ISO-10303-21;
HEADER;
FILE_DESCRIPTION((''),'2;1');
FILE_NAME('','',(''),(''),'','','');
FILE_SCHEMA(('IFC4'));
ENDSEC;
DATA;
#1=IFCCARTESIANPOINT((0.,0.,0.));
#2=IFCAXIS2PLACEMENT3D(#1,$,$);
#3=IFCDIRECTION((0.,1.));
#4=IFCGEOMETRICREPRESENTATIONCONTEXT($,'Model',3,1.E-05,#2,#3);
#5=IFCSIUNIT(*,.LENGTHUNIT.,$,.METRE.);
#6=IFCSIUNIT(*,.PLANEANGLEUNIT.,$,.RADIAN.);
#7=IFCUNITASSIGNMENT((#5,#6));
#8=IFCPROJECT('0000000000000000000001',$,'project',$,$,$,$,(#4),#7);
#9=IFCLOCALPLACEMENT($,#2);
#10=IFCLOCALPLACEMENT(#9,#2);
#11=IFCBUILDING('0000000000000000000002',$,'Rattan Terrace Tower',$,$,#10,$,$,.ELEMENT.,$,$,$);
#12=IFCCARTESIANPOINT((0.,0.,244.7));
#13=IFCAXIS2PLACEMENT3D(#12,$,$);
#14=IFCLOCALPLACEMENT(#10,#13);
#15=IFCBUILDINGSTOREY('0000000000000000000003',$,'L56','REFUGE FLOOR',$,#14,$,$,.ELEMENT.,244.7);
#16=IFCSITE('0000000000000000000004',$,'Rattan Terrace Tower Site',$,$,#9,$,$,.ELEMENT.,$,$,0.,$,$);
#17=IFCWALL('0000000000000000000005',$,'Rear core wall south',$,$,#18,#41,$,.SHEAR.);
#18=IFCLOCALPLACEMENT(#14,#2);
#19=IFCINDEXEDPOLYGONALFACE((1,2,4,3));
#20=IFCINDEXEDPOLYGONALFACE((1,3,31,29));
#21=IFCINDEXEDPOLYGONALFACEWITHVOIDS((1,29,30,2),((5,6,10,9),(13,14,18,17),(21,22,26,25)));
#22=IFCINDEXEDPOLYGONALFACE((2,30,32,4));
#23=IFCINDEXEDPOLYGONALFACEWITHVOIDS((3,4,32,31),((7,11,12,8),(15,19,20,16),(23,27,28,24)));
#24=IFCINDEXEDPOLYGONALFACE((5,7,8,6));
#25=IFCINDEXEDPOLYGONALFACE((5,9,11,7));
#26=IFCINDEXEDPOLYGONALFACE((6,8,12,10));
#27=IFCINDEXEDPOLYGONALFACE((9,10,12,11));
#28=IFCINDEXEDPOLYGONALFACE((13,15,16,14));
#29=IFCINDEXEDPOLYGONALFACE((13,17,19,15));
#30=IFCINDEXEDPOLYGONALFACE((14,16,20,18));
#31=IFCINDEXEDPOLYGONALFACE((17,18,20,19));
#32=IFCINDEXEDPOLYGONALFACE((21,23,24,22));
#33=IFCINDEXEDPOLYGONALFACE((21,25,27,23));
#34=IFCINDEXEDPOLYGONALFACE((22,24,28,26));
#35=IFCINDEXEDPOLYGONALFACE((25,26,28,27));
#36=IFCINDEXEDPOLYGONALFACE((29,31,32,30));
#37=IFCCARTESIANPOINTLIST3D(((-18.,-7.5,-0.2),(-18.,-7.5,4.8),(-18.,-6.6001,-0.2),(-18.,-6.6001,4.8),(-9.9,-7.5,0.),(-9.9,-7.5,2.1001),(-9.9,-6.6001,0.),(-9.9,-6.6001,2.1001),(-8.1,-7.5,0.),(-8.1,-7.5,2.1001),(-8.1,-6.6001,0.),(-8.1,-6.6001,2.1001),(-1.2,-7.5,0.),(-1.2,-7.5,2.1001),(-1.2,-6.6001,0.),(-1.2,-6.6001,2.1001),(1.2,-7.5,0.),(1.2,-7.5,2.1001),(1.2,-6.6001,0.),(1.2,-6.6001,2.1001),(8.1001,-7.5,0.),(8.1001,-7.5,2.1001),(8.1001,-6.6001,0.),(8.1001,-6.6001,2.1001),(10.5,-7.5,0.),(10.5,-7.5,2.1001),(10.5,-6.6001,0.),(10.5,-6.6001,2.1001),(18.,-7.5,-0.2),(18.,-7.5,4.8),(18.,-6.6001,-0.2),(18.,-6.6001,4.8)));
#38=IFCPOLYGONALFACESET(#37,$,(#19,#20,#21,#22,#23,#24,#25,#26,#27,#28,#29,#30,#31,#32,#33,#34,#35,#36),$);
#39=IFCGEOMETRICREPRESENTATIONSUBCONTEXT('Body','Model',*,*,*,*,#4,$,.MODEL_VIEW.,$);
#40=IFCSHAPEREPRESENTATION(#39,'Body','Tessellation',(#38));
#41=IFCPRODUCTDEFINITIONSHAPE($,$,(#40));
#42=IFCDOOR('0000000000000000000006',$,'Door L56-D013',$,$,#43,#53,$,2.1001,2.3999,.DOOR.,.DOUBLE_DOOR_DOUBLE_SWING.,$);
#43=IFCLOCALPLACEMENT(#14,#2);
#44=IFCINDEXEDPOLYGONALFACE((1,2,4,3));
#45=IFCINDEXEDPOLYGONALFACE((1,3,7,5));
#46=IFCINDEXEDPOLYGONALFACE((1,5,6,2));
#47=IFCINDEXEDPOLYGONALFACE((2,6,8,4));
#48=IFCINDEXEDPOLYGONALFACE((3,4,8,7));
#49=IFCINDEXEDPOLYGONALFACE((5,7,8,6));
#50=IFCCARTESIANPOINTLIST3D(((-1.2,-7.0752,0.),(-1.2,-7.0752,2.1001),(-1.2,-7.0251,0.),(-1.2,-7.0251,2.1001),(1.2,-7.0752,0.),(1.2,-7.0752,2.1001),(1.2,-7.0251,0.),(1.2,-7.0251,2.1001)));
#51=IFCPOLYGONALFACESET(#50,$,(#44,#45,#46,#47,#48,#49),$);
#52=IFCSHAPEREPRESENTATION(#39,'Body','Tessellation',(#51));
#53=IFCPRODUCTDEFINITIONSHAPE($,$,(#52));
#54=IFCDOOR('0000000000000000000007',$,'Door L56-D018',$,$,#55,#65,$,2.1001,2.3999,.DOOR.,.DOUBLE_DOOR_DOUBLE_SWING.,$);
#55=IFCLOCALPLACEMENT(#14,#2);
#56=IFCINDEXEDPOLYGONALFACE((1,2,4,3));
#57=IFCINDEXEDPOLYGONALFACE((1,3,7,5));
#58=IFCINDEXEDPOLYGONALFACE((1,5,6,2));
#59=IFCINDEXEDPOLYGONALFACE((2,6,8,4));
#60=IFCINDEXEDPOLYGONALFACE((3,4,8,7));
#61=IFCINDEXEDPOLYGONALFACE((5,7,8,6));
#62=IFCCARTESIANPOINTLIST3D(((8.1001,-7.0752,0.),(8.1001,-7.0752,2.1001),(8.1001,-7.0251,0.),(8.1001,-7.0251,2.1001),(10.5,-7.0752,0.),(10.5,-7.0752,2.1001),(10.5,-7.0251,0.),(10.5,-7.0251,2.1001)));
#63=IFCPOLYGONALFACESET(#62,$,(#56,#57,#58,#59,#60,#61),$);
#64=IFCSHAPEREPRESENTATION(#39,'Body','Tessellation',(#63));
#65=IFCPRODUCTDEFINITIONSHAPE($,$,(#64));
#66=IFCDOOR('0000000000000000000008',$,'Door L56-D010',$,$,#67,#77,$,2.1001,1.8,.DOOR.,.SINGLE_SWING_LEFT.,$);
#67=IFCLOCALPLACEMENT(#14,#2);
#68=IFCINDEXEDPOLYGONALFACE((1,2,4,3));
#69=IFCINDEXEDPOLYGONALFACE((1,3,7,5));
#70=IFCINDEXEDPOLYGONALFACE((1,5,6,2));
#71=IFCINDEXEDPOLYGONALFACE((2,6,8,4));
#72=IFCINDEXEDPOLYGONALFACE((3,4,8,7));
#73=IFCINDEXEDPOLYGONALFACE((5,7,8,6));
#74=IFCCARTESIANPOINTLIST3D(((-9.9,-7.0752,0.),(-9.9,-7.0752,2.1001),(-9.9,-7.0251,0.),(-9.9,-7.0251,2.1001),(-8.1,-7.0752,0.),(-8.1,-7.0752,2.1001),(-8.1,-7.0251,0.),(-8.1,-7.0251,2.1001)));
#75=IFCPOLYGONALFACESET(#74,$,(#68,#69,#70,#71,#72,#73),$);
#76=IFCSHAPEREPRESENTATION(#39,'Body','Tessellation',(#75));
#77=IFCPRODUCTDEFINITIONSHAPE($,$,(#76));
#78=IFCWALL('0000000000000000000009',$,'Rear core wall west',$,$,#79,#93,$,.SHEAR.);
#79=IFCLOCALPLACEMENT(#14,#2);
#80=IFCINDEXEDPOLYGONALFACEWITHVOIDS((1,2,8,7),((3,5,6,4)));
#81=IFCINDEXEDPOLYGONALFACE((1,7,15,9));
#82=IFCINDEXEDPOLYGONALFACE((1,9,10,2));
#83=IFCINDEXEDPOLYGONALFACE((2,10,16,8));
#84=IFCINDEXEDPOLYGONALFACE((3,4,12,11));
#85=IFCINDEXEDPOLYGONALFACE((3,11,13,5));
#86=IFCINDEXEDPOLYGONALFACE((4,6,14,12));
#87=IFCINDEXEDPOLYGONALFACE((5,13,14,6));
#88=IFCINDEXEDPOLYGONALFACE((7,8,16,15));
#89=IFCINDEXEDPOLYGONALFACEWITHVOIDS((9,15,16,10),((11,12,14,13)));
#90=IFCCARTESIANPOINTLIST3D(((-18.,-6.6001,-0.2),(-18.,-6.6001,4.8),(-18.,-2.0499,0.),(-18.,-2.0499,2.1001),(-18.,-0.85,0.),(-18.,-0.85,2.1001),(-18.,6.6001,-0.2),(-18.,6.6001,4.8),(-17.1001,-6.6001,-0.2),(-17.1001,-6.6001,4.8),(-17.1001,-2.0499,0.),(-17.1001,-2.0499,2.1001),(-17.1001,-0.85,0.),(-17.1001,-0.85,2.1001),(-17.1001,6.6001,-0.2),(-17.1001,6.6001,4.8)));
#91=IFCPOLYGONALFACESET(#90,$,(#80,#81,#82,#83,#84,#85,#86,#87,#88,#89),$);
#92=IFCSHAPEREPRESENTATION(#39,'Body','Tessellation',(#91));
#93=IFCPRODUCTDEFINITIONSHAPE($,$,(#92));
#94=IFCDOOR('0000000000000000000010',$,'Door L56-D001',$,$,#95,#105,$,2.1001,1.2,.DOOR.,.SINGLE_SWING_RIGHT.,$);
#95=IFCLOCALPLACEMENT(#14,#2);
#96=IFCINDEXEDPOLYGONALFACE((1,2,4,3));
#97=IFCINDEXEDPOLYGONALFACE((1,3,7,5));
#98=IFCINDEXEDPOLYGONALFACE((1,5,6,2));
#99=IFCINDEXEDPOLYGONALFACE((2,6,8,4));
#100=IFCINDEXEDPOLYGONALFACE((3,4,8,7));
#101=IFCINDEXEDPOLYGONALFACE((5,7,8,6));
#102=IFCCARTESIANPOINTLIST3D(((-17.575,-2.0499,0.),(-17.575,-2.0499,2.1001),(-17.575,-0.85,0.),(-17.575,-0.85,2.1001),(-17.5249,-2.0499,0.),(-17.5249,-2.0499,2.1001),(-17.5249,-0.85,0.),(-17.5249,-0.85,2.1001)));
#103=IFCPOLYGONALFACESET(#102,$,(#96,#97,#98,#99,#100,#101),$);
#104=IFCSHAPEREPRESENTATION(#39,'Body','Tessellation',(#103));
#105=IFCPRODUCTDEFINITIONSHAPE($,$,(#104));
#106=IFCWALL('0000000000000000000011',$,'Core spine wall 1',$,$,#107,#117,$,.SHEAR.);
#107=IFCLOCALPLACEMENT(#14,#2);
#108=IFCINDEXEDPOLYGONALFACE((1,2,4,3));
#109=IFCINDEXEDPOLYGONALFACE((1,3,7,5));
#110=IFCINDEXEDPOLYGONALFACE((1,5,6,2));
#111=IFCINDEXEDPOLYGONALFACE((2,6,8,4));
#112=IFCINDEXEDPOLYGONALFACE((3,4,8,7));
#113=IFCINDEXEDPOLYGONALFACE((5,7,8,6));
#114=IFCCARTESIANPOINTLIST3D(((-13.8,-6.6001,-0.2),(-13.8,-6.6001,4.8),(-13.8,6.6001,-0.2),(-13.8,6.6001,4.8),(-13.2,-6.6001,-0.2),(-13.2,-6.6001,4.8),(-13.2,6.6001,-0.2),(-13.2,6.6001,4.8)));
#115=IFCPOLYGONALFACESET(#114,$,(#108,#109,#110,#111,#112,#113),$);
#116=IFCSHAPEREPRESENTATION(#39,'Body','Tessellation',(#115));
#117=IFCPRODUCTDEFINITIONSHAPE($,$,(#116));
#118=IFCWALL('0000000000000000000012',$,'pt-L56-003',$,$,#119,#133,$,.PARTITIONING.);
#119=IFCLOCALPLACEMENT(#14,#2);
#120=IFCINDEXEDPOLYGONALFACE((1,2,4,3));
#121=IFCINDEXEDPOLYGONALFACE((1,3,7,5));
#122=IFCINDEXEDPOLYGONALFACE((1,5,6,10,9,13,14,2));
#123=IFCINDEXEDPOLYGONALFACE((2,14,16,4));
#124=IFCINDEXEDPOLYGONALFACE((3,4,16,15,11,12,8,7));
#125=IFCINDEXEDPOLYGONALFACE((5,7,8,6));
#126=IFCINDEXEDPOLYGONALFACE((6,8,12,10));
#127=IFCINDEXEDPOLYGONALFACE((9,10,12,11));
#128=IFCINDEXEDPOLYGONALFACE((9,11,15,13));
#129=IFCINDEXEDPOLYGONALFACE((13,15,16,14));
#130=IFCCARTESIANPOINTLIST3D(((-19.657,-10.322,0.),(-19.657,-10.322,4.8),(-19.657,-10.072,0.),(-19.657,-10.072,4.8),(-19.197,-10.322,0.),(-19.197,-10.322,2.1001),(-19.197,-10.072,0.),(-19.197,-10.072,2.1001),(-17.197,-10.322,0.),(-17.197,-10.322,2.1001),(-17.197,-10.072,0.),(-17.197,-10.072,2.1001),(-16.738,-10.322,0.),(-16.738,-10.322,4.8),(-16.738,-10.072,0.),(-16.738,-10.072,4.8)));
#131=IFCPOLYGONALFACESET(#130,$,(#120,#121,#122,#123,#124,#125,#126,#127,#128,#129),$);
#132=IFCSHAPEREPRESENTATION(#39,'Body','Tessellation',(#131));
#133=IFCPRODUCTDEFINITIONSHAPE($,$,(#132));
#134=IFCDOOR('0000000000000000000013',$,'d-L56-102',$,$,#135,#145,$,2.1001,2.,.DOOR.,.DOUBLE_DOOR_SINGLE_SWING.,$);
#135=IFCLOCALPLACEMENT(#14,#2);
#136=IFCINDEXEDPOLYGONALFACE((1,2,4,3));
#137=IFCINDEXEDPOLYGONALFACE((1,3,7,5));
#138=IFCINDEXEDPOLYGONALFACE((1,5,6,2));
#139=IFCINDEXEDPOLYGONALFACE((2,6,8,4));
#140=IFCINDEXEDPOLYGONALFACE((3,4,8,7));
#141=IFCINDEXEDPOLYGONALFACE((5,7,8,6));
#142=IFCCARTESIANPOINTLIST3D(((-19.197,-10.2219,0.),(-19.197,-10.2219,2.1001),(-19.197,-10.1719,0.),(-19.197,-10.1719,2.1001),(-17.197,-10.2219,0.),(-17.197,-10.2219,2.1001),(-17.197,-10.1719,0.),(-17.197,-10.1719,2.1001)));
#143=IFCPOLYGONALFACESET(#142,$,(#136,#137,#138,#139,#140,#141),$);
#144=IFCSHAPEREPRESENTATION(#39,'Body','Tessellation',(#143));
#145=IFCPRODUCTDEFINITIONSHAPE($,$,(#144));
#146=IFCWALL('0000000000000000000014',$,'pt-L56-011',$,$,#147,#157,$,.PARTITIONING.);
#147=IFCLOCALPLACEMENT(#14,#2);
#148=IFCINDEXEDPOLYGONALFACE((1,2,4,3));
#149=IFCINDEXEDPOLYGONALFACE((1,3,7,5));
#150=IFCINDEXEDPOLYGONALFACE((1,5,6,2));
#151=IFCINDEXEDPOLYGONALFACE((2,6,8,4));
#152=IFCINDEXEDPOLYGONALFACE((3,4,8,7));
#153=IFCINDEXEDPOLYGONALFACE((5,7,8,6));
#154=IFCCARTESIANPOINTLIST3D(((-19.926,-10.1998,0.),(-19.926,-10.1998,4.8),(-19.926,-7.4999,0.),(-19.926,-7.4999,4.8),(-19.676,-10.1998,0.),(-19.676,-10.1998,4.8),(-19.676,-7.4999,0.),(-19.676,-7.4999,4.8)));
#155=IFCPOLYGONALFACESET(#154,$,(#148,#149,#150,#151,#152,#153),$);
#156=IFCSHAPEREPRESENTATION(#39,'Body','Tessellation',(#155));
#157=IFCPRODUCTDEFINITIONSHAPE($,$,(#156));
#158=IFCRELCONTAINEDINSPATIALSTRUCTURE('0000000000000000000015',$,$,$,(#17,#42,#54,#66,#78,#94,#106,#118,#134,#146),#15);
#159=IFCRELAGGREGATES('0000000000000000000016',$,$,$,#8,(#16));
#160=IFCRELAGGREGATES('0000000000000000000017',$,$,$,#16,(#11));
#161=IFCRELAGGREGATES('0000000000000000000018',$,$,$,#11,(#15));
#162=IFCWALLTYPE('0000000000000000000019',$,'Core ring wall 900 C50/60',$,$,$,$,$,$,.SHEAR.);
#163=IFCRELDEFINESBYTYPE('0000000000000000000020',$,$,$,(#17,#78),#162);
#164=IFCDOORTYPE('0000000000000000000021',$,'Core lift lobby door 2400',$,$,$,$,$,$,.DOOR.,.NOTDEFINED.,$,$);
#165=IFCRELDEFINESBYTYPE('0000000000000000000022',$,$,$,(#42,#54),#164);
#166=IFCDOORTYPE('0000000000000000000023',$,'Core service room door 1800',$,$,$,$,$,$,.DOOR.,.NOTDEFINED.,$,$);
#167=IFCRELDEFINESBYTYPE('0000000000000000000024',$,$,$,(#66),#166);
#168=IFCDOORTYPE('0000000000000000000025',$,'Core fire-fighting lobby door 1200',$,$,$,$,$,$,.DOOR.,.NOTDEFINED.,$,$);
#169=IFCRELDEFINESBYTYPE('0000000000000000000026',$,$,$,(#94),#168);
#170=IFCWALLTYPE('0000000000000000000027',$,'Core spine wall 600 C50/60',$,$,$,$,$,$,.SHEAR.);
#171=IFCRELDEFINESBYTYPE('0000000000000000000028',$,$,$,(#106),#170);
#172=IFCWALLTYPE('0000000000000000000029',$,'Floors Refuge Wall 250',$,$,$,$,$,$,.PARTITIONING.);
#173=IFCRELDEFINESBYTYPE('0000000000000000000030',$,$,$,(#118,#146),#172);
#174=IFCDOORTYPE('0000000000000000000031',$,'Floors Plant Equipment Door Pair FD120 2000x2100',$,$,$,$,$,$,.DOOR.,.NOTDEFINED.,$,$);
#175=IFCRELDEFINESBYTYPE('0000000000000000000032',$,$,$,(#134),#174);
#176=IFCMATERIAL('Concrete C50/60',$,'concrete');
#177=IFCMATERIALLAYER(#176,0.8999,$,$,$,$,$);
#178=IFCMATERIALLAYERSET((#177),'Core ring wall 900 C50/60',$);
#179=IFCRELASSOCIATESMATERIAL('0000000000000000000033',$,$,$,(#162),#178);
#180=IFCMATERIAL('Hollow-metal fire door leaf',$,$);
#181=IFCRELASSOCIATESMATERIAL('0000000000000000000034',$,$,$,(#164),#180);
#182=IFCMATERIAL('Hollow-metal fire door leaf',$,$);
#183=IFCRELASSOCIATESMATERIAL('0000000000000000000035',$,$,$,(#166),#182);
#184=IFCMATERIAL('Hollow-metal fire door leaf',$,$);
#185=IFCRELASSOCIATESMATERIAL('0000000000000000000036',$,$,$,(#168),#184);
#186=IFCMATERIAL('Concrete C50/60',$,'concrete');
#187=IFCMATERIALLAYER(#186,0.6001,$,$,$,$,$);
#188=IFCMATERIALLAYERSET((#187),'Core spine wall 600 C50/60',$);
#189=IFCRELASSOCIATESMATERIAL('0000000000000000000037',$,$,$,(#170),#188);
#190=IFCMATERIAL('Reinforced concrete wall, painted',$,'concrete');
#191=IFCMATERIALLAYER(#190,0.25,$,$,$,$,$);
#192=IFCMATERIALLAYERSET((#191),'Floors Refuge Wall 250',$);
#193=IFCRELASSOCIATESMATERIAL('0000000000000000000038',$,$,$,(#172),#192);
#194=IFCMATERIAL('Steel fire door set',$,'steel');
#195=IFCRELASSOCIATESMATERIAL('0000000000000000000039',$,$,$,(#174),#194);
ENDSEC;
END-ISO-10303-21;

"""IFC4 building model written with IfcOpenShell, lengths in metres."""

from ifc_helpers import new_model, si_unit, direction, frame, frame_2d, origin, place, context, subcontext, project, spatial, rectangle, extrude, material, layer, layer_set, type_object, element, fill, save


model = new_model("IFC4")

# Units and contexts
model_context = context("Model", 3, precision=1e-05, world=origin(), true_north=direction((0.0, 1.0)))
body_context = subcontext(model_context, "Body", "Model", "MODEL_VIEW")
ifc_project = project(units=[si_unit("LENGTHUNIT", "METRE"), si_unit("PLANEANGLEUNIT", "RADIAN")], contexts=[model_context])

# Site, building, storey
site_placement = place(None, origin())
site = spatial("IfcSite", under=ifc_project, at=site_placement, Name="Rattan Terrace Tower Site", CompositionType="ELEMENT", RefElevation=0.0)
building_placement = place(site_placement, origin())
building = spatial("IfcBuilding", under=site, at=building_placement, Name="Rattan Terrace Tower", CompositionType="ELEMENT")
storey_placement = place(building_placement, frame((0.0, 0.0, 244.7)))
storey = spatial("IfcBuildingStorey", under=building, at=storey_placement, Name="L56", Description="REFUGE FLOOR", CompositionType="ELEMENT", Elevation=244.7)

# Wall, openings, doors
ifc_material_1 = material(Name="Concrete C50/60", Category="concrete")
ifc_layer_1 = layer(ifc_material_1, 0.8999)
ifc_layer_set_1 = layer_set([ifc_layer_1], Name="Core ring wall 900 C50/60")
wall_type_1 = type_object("IfcWallType", Name="Core ring wall 900 C50/60", PredefinedType="SHEAR", material=ifc_layer_set_1)
wall_1_placement = place(storey_placement, frame((-18.0, -7.05, -0.2), z_axis=(0.0, 0.0, 1.0), x_axis=(1.0, 0.0, 0.0)))
wall_1 = element("IfcWall", 1, at=wall_1_placement, inside=storey, type_object=wall_type_1, Name="Rear core wall south", PredefinedType="SHEAR", context=body_context, shape_type="SweptSolid", body=[
    extrude(rectangle(XDim=36.0, YDim=0.8999, at=frame_2d((18.0, 0.0))), origin(), (0.0, 0.0, 1.0), 5.0),
])
opening_1_placement = place(wall_1_placement, frame((8.1001, 0.0, 0.2)))
opening_1 = element("IfcOpeningElement", 2, at=opening_1_placement, cuts=wall_1, PredefinedType="OPENING", context=body_context, shape_type="SweptSolid", body=[
    extrude(rectangle(XDim=1.8, YDim=2.1001, at=frame_2d((0.8999, 1.05))), frame((0.0, 0.4604, 0.0), z_axis=(0.0, -1.0, 0.0), x_axis=(1.0, 0.0, 0.0)), (0.0, 0.0, 1.0), 0.9209),
])
opening_2_placement = place(wall_1_placement, frame((16.8, 0.0, 0.2)))
opening_2 = element("IfcOpeningElement", 3, at=opening_2_placement, cuts=wall_1, PredefinedType="OPENING", context=body_context, shape_type="SweptSolid", body=[
    extrude(rectangle(XDim=2.3999, YDim=2.1001, at=frame_2d((1.2, 1.05))), frame((0.0, 0.4604, 0.0), z_axis=(0.0, -1.0, 0.0), x_axis=(1.0, 0.0, 0.0)), (0.0, 0.0, 1.0), 0.9209),
])
opening_3_placement = place(wall_1_placement, frame((26.1001, 0.0, 0.2)))
opening_3 = element("IfcOpeningElement", 4, at=opening_3_placement, cuts=wall_1, PredefinedType="OPENING", context=body_context, shape_type="SweptSolid", body=[
    extrude(rectangle(XDim=2.3999, YDim=2.1001, at=frame_2d((1.2, 1.05))), frame((0.0, 0.4604, 0.0), z_axis=(0.0, -1.0, 0.0), x_axis=(1.0, 0.0, 0.0)), (0.0, 0.0, 1.0), 0.9209),
])
ifc_material_2 = material(Name="Hollow-metal fire door leaf")
door_type_1 = type_object("IfcDoorType", Name="Core lift lobby door 2400", OperationType="NOTDEFINED", PredefinedType="DOOR", material=ifc_material_2)
door_1_placement = place(opening_2_placement, origin())
door_1 = element("IfcDoor", 5, at=door_1_placement, inside=storey, type_object=door_type_1, Name="Door L56-D013", OperationType="DOUBLE_DOOR_DOUBLE_SWING", OverallHeight=2.1001, OverallWidth=2.3999, PredefinedType="DOOR", context=body_context, shape_type="SweptSolid", body=[
    extrude(rectangle(XDim=2.3999, YDim=2.1001, at=frame_2d((1.2, 1.05))), frame((0.0, 0.0249, 0.0), z_axis=(0.0, -1.0, 0.0), x_axis=(1.0, 0.0, 0.0)), (0.0, 0.0, 1.0), 0.05),
])
fill(opening_2, door_1)
door_2_placement = place(opening_3_placement, origin())
door_2 = element("IfcDoor", 6, at=door_2_placement, inside=storey, type_object=door_type_1, Name="Door L56-D018", OperationType="DOUBLE_DOOR_DOUBLE_SWING", OverallHeight=2.1001, OverallWidth=2.3999, PredefinedType="DOOR", context=body_context, shape_type="SweptSolid", body=[
    extrude(rectangle(XDim=2.3999, YDim=2.1001, at=frame_2d((1.2, 1.05))), frame((0.0, 0.0249, 0.0), z_axis=(0.0, -1.0, 0.0), x_axis=(1.0, 0.0, 0.0)), (0.0, 0.0, 1.0), 0.05),
])
fill(opening_3, door_2)
ifc_material_3 = material(Name="Hollow-metal fire door leaf")
door_type_2 = type_object("IfcDoorType", Name="Core service room door 1800", OperationType="NOTDEFINED", PredefinedType="DOOR", material=ifc_material_3)
door_3_placement = place(opening_1_placement, origin())
door_3 = element("IfcDoor", 7, at=door_3_placement, inside=storey, type_object=door_type_2, Name="Door L56-D010", OperationType="SINGLE_SWING_LEFT", OverallHeight=2.1001, OverallWidth=1.8, PredefinedType="DOOR", context=body_context, shape_type="SweptSolid", body=[
    extrude(rectangle(XDim=1.8, YDim=2.1001, at=frame_2d((0.8999, 1.05))), frame((0.0, 0.0249, 0.0), z_axis=(0.0, -1.0, 0.0), x_axis=(1.0, 0.0, 0.0)), (0.0, 0.0, 1.0), 0.05),
])
fill(opening_1, door_3)

# Wall, opening, door
wall_2_placement = place(storey_placement, frame((-17.55, -6.6001, -0.2), z_axis=(0.0, 0.0, 1.0), x_axis=(0.0, 1.0, 0.0)))
wall_2 = element("IfcWall", 8, at=wall_2_placement, inside=storey, type_object=wall_type_1, Name="Rear core wall west", PredefinedType="SHEAR", context=body_context, shape_type="SweptSolid", body=[
    extrude(rectangle(XDim=13.2002, YDim=0.8999, at=frame_2d((6.6001, 0.0))), origin(), (0.0, 0.0, 1.0), 5.0),
])
opening_4_placement = place(wall_2_placement, frame((4.55, 0.0, 0.2)))
opening_4 = element("IfcOpeningElement", 9, at=opening_4_placement, cuts=wall_2, PredefinedType="OPENING", context=body_context, shape_type="SweptSolid", body=[
    extrude(rectangle(XDim=1.2, YDim=2.1001, at=frame_2d((0.6001, 1.05))), frame((0.0, 0.4604, 0.0), z_axis=(0.0, -1.0, 0.0), x_axis=(1.0, 0.0, 0.0)), (0.0, 0.0, 1.0), 0.9209),
])
ifc_material_4 = material(Name="Hollow-metal fire door leaf")
door_type_3 = type_object("IfcDoorType", Name="Core fire-fighting lobby door 1200", OperationType="NOTDEFINED", PredefinedType="DOOR", material=ifc_material_4)
door_4_placement = place(opening_4_placement, origin())
door_4 = element("IfcDoor", 10, at=door_4_placement, inside=storey, type_object=door_type_3, Name="Door L56-D001", OperationType="SINGLE_SWING_RIGHT", OverallHeight=2.1001, OverallWidth=1.2, PredefinedType="DOOR", context=body_context, shape_type="SweptSolid", body=[
    extrude(rectangle(XDim=1.2, YDim=2.1001, at=frame_2d((0.6001, 1.05))), frame((0.0, 0.0249, 0.0), z_axis=(0.0, -1.0, 0.0), x_axis=(1.0, 0.0, 0.0)), (0.0, 0.0, 1.0), 0.05),
])
fill(opening_4, door_4)

# Wall
ifc_material_5 = material(Name="Concrete C50/60", Category="concrete")
ifc_layer_2 = layer(ifc_material_5, 0.6001)
ifc_layer_set_2 = layer_set([ifc_layer_2], Name="Core spine wall 600 C50/60")
wall_type_2 = type_object("IfcWallType", Name="Core spine wall 600 C50/60", PredefinedType="SHEAR", material=ifc_layer_set_2)
wall_3_placement = place(storey_placement, frame((-13.5, -6.6001, -0.2), z_axis=(0.0, 0.0, 1.0), x_axis=(0.0, 1.0, 0.0)))
element("IfcWall", 11, at=wall_3_placement, inside=storey, type_object=wall_type_2, Name="Core spine wall 1", PredefinedType="SHEAR", context=body_context, shape_type="SweptSolid", body=[
    extrude(rectangle(XDim=13.2002, YDim=0.6001, at=frame_2d((6.6001, 0.0))), origin(), (0.0, 0.0, 1.0), 5.0),
])

# Wall, opening, door
ifc_material_6 = material(Name="Reinforced concrete wall, painted", Category="concrete")
ifc_layer_3 = layer(ifc_material_6, 0.25)
ifc_layer_set_3 = layer_set([ifc_layer_3], Name="Floors Refuge Wall 250")
wall_type_3 = type_object("IfcWallType", Name="Floors Refuge Wall 250", PredefinedType="PARTITIONING", material=ifc_layer_set_3)
wall_4_placement = place(storey_placement, frame((-16.738, -10.197, 0.0), z_axis=(0.0, 0.0, 1.0), x_axis=(-1.0, 0.0, 0.0)))
wall_4 = element("IfcWall", 12, at=wall_4_placement, inside=storey, type_object=wall_type_3, Name="pt-L56-003", PredefinedType="PARTITIONING", context=body_context, shape_type="SweptSolid", body=[
    extrude(rectangle(XDim=2.9189, YDim=0.25, at=frame_2d((1.4595, 0.0))), origin(), (0.0, 0.0, 1.0), 4.8),
])
opening_5_placement = place(wall_4_placement, frame((0.459, 0.0, 0.0)))
opening_5 = element("IfcOpeningElement", 13, at=opening_5_placement, cuts=wall_4, PredefinedType="OPENING", context=body_context, shape_type="SweptSolid", body=[
    extrude(rectangle(XDim=2.0, YDim=2.1001, at=frame_2d((1.0, 1.05))), frame((0.0, 0.1355, 0.0), z_axis=(0.0, -1.0, 0.0), x_axis=(1.0, 0.0, 0.0)), (0.0, 0.0, 1.0), 0.271),
])
ifc_material_7 = material(Name="Steel fire door set", Category="steel")
door_type_4 = type_object("IfcDoorType", Name="Floors Plant Equipment Door Pair FD120 2000x2100", OperationType="NOTDEFINED", PredefinedType="DOOR", material=ifc_material_7)
door_5_placement = place(opening_5_placement, origin())
door_5 = element("IfcDoor", 14, at=door_5_placement, inside=storey, type_object=door_type_4, Name="d-L56-102", OperationType="DOUBLE_DOOR_SINGLE_SWING", OverallHeight=2.1001, OverallWidth=2.0, PredefinedType="DOOR", context=body_context, shape_type="SweptSolid", body=[
    extrude(rectangle(XDim=2.0, YDim=2.1001, at=frame_2d((1.0, 1.05))), frame((0.0, 0.0249, 0.0), z_axis=(0.0, -1.0, 0.0), x_axis=(1.0, 0.0, 0.0)), (0.0, 0.0, 1.0), 0.05),
])
fill(opening_5, door_5)

# Wall
wall_5_placement = place(storey_placement, frame((-19.801, -10.2, 0.0), z_axis=(0.0, 0.0, 1.0), x_axis=(0.0, 1.0, 0.0)))
element("IfcWall", 15, at=wall_5_placement, inside=storey, type_object=wall_type_3, Name="pt-L56-011", PredefinedType="PARTITIONING", context=body_context, shape_type="SweptSolid", body=[
    extrude(rectangle(XDim=2.7, YDim=0.25, at=frame_2d((1.3501, 0.0))), origin(), (0.0, 0.0, 1.0), 4.8),
])

save(model, "model.ifc")
